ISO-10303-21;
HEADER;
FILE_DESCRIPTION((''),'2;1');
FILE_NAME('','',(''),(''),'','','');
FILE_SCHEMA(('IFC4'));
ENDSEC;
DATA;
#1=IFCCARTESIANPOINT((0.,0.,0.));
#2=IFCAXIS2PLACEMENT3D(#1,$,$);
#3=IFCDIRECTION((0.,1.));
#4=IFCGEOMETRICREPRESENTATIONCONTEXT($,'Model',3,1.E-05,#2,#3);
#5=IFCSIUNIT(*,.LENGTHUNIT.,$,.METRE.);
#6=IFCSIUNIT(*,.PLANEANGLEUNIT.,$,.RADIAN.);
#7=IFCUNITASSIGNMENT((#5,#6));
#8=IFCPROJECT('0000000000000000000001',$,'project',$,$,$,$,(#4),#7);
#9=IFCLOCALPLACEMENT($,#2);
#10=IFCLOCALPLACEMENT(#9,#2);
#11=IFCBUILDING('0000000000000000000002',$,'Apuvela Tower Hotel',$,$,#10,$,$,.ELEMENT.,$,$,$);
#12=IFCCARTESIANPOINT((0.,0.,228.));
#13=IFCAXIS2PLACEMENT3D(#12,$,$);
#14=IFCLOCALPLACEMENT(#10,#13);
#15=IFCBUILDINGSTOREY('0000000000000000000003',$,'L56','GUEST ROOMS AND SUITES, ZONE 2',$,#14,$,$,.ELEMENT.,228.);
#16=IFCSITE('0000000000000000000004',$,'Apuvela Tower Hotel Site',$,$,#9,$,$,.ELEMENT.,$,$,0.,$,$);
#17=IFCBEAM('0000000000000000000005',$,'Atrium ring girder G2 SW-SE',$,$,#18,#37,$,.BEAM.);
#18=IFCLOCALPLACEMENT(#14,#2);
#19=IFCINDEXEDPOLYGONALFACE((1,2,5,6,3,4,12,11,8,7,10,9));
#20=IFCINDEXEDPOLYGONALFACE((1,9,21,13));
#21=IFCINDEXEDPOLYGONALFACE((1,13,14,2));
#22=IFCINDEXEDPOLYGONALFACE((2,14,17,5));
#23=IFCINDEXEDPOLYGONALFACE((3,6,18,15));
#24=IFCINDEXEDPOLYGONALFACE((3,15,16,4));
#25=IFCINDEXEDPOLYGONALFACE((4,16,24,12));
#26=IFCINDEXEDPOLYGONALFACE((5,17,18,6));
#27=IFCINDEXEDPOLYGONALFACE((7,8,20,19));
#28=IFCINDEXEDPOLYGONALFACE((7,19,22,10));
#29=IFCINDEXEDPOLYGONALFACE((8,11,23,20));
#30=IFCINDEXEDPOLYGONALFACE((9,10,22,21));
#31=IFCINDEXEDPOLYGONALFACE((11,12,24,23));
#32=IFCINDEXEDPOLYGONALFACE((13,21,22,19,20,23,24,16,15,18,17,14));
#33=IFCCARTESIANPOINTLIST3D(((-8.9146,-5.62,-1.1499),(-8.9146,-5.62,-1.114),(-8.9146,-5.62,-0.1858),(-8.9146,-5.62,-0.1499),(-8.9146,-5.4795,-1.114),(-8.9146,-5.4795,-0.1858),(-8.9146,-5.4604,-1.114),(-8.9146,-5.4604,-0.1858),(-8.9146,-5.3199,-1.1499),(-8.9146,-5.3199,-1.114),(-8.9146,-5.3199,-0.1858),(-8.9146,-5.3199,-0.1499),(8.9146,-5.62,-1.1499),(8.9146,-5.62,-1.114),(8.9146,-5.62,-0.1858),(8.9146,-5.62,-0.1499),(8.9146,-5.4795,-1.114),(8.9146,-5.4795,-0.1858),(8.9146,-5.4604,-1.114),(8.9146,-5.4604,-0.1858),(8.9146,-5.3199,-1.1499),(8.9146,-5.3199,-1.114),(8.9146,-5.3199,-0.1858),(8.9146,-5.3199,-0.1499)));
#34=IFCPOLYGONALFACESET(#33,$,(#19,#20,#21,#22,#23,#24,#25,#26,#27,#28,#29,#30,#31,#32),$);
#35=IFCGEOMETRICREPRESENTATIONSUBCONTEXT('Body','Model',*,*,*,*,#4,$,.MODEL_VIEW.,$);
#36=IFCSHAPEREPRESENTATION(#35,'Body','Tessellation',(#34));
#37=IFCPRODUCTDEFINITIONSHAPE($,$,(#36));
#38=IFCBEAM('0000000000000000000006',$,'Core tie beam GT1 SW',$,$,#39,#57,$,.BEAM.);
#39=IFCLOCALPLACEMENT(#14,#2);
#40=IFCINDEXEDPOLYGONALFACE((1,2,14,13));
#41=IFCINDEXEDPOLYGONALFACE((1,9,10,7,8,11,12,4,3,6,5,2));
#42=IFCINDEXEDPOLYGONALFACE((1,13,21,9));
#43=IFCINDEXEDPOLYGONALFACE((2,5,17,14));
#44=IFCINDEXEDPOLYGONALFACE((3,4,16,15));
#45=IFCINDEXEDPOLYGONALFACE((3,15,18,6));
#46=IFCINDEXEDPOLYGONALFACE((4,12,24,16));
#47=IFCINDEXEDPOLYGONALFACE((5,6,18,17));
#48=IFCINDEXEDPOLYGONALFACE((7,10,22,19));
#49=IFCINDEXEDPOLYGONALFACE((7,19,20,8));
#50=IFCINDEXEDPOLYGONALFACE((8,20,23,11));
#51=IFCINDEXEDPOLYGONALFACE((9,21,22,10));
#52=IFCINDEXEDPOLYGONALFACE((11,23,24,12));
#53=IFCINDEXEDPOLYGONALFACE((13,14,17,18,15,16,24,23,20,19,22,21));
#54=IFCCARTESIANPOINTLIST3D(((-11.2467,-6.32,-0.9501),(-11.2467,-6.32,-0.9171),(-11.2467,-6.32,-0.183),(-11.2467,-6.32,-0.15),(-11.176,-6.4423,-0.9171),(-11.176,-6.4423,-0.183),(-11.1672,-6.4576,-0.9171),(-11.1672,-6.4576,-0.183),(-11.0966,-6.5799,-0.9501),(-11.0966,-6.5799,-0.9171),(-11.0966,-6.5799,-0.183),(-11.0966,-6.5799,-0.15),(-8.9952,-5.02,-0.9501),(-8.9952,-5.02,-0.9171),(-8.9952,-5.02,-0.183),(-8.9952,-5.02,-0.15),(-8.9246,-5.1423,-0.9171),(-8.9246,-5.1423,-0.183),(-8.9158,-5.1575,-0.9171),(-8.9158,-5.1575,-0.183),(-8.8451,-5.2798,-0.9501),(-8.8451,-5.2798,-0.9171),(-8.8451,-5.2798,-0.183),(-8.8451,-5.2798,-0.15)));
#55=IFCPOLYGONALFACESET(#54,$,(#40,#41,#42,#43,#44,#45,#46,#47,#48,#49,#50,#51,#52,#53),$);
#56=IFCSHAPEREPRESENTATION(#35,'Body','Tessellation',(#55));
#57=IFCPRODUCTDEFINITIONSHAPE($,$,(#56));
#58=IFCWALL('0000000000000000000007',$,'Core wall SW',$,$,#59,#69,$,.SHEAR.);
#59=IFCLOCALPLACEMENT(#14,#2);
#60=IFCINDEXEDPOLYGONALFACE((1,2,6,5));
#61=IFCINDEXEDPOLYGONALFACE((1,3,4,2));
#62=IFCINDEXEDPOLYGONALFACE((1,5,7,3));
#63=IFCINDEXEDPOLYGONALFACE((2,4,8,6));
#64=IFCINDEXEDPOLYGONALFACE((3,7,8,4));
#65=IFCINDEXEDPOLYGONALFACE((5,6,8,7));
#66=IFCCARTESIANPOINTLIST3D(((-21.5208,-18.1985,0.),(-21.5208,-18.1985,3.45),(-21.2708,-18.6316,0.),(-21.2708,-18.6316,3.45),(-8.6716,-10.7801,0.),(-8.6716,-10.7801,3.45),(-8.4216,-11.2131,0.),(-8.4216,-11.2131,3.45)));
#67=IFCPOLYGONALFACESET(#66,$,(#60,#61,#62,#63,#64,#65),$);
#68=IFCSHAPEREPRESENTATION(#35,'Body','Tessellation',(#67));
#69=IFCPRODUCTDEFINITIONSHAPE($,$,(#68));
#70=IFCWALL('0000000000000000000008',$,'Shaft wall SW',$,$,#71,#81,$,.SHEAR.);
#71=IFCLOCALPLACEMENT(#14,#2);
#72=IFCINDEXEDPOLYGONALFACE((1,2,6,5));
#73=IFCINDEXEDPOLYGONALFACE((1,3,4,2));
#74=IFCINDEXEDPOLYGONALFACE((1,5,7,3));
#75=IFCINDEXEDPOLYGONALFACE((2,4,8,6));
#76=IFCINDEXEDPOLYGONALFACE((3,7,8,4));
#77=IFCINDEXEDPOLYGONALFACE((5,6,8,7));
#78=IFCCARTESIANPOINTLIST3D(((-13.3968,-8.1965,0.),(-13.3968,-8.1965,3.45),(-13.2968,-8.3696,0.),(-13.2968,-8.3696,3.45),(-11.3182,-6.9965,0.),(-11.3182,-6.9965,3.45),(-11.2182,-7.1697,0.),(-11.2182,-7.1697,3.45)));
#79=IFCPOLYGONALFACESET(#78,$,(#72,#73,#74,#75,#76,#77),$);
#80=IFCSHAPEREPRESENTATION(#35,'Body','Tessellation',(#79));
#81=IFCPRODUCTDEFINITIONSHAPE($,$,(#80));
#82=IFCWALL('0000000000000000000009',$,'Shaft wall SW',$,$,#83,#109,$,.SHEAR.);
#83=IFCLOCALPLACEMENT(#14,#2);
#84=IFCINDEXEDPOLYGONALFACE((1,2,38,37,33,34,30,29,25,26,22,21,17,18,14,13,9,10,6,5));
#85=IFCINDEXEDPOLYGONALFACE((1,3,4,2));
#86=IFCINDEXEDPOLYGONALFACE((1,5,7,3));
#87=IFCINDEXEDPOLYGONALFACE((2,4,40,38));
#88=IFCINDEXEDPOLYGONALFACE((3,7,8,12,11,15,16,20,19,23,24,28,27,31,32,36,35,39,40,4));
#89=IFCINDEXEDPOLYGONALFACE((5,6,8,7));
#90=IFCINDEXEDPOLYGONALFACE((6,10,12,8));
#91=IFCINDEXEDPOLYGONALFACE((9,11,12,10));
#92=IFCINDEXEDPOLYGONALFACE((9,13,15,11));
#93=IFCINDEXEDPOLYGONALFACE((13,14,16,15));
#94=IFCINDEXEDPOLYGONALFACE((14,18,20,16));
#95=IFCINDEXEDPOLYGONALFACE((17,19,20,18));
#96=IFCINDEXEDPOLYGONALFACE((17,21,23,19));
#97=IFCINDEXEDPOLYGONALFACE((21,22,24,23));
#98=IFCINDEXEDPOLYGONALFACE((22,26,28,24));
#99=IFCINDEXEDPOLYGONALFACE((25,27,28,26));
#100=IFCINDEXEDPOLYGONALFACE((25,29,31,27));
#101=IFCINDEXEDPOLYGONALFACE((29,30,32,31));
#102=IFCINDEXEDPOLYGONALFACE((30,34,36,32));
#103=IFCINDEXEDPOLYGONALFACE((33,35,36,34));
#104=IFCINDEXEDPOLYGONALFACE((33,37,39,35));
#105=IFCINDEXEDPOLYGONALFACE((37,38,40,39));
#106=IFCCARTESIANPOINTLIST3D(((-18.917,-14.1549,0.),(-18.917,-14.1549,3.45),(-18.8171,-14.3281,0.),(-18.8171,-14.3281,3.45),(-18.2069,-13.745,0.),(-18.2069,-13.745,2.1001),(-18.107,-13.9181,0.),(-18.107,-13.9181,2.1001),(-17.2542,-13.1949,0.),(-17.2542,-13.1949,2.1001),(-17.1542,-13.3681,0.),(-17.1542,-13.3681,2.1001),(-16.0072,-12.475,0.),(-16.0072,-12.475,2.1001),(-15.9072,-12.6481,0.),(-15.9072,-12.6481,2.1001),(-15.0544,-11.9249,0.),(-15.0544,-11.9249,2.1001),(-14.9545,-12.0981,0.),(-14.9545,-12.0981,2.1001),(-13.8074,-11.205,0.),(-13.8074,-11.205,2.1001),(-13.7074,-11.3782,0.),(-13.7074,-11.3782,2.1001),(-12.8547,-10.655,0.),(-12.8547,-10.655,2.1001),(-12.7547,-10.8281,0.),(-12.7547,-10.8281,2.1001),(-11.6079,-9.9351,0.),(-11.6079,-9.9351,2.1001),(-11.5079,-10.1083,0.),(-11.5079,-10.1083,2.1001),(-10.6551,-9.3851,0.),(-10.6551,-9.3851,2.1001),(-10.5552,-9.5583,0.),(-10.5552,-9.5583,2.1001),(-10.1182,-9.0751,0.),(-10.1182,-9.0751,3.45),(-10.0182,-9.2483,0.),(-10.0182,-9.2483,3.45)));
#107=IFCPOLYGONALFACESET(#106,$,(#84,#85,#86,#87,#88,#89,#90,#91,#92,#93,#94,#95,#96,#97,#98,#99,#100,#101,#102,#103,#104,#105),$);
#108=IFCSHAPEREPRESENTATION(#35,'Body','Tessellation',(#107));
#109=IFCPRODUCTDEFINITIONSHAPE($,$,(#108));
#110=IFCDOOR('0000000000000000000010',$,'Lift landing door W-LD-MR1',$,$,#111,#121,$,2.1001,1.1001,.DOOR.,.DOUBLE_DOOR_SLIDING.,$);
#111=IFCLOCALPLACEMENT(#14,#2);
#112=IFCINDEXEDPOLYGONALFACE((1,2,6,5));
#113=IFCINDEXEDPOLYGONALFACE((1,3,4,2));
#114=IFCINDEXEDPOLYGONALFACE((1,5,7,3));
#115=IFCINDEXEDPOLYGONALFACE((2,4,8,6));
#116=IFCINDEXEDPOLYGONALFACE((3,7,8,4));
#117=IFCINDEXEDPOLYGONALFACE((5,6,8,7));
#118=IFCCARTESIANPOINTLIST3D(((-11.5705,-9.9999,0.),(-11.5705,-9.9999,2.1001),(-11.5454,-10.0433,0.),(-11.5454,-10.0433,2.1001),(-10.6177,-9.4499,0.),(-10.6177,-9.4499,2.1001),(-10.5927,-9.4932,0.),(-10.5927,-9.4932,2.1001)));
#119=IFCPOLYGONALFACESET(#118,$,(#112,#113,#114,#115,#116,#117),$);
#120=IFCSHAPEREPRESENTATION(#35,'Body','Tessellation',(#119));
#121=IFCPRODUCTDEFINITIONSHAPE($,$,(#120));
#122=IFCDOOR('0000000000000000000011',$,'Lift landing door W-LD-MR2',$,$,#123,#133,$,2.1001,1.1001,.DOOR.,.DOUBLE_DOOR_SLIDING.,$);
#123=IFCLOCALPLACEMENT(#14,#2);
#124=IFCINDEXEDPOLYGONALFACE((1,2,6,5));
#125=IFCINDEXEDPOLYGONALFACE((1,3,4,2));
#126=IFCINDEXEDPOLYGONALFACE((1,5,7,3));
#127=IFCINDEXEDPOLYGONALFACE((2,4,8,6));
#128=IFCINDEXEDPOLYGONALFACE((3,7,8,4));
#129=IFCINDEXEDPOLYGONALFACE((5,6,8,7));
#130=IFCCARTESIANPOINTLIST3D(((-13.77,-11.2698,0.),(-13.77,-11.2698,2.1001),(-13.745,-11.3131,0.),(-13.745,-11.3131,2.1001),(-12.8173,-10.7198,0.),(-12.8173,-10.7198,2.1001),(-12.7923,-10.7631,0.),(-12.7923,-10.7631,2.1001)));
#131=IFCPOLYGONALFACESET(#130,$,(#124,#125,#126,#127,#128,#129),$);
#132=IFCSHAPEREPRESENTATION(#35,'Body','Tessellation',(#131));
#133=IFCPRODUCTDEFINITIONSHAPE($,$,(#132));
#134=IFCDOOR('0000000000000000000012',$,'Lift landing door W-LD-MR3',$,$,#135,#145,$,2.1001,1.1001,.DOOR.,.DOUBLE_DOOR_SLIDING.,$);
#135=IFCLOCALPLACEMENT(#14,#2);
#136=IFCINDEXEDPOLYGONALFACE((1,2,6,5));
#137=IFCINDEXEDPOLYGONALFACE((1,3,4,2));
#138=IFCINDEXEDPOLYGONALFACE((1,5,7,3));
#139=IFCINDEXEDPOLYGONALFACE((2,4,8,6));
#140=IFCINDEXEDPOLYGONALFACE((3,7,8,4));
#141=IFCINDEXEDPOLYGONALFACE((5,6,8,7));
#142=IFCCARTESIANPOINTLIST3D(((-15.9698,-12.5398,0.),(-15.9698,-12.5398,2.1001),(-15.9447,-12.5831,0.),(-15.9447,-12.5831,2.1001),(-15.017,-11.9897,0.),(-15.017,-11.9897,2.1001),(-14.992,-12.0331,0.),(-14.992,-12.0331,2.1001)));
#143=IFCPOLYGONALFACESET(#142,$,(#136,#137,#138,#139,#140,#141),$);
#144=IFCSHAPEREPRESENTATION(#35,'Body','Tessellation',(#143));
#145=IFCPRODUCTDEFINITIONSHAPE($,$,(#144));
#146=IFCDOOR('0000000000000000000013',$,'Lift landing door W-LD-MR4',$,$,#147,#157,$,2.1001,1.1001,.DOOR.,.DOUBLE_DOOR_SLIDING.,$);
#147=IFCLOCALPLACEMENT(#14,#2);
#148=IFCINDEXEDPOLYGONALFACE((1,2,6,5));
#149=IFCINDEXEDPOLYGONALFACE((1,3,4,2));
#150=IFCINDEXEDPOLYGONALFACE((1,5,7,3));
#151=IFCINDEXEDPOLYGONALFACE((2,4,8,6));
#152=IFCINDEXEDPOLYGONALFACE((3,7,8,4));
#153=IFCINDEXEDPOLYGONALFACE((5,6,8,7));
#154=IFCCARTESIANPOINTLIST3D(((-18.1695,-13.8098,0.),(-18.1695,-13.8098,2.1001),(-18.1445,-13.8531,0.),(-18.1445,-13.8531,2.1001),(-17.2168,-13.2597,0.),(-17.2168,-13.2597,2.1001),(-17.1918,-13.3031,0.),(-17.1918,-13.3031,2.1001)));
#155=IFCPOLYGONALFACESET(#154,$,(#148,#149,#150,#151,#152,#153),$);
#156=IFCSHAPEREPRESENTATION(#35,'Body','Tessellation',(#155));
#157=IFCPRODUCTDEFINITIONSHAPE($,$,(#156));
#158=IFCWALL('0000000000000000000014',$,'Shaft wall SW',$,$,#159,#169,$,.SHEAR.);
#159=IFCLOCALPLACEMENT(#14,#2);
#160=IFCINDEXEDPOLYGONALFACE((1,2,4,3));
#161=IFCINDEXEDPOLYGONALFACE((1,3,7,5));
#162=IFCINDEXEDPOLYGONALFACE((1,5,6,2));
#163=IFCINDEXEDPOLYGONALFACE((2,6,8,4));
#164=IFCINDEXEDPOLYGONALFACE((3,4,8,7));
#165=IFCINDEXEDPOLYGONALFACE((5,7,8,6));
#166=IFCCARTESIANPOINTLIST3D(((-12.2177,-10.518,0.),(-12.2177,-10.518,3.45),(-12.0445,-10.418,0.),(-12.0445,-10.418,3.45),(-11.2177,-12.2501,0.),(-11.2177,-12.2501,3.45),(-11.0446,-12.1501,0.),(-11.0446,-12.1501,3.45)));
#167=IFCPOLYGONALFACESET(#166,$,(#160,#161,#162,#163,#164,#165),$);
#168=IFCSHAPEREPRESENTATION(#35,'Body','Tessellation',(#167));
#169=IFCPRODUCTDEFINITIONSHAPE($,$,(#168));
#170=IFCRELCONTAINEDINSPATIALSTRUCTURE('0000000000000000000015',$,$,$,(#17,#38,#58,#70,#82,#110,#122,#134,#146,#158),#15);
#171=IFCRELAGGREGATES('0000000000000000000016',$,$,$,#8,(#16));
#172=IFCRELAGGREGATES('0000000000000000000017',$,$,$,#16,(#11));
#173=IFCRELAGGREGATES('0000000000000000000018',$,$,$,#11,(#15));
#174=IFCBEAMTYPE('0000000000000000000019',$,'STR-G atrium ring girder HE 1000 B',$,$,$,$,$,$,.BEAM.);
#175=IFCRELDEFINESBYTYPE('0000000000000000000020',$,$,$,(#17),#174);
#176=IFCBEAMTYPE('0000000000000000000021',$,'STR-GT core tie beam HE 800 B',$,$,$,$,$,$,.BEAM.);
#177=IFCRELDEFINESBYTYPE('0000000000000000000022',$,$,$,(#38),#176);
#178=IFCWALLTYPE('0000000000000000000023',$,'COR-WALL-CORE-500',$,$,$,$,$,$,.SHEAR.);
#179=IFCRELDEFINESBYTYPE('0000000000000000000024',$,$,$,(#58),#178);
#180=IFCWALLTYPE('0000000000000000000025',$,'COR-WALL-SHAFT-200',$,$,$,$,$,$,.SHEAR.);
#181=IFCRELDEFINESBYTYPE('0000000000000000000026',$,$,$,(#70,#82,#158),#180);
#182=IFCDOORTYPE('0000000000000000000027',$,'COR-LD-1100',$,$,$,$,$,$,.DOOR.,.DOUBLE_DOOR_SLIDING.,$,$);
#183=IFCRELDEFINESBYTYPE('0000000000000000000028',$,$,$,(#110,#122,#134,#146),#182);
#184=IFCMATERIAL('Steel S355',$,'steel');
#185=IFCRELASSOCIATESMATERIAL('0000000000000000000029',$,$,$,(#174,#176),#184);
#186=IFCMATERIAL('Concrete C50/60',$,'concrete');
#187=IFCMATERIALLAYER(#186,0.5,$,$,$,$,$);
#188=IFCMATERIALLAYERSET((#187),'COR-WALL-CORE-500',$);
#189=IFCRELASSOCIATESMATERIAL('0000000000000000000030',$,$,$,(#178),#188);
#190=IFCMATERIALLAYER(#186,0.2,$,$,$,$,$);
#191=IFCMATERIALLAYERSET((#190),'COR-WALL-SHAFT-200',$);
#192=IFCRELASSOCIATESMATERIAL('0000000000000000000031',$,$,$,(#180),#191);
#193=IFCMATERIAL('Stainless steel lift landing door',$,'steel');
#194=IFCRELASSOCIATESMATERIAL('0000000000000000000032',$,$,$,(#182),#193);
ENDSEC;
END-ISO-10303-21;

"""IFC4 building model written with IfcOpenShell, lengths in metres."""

from ifc_helpers import new_model, si_unit, direction, frame, frame_2d, origin, origin_2d, place, context, subcontext, project, spatial, rectangle, i_section, extrude, material, layer, layer_set, material_profile, profile_set, type_object, element, fill, save


model = new_model("IFC4")

# Units and contexts
model_context = context("Model", 3, precision=1e-05, world=origin(), true_north=direction((0.0, 1.0)))
body_context = subcontext(model_context, "Body", "Model", "MODEL_VIEW")
ifc_project = project(units=[si_unit("LENGTHUNIT", "METRE"), si_unit("PLANEANGLEUNIT", "RADIAN")], contexts=[model_context])

# Site, building, storey
site_placement = place(None, origin())
site = spatial("IfcSite", under=ifc_project, at=site_placement, Name="Apuvela Tower Hotel Site", CompositionType="ELEMENT", RefElevation=0.0)
building_placement = place(site_placement, origin())
building = spatial("IfcBuilding", under=site, at=building_placement, Name="Apuvela Tower Hotel", CompositionType="ELEMENT")
storey_placement = place(building_placement, frame((0.0, 0.0, 228.0)))
storey = spatial("IfcBuildingStorey", under=building, at=storey_placement, Name="L56", Description="GUEST ROOMS AND SUITES, ZONE 2", CompositionType="ELEMENT", Elevation=228.0)

# Beams
ifc_material_1 = material(Name="Steel S355", Category="steel")
ifc_material_profile_1 = material_profile(ifc_material_1, i_section(OverallWidth=0.3, OverallDepth=1.0, WebThickness=0.019, FlangeThickness=0.0359, at=origin_2d()), Name="HE 1000 B")
ifc_profile_set_1 = profile_set([ifc_material_profile_1], Name="Steel S355")
beam_type_1 = type_object("IfcBeamType", Name="STR-G atrium ring girder HE 1000 B", PredefinedType="BEAM", material=ifc_profile_set_1)
beam_1_placement = place(storey_placement, frame((-8.9146, -5.47, -0.6499), z_axis=(1.0, 0.0, 0.0), x_axis=(0.0, 1.0, 0.0)))
element("IfcBeam", 1, at=beam_1_placement, inside=storey, type_object=beam_type_1, Name="Atrium ring girder G2 SW-SE", PredefinedType="BEAM", context=body_context, shape_type="SweptSolid", body=[
    extrude(i_section(OverallWidth=0.3, OverallDepth=1.0, WebThickness=0.019, FlangeThickness=0.0359, at=origin_2d()), origin(), (0.0, 0.0, 1.0), 17.8291),
])
ifc_material_profile_2 = material_profile(ifc_material_1, i_section(OverallWidth=0.3, OverallDepth=0.8, WebThickness=0.0176, FlangeThickness=0.033, at=origin_2d()), Name="HE 800 B")
ifc_profile_set_2 = profile_set([ifc_material_profile_2], Name="Steel S355")
beam_type_2 = type_object("IfcBeamType", Name="STR-GT core tie beam HE 800 B", PredefinedType="BEAM", material=ifc_profile_set_2)
beam_2_placement = place(storey_placement, frame((-11.1716, -6.45, -0.55), z_axis=(0.865998, 0.500048, 0.0), x_axis=(-0.500048, 0.865998, 0.0)))
element("IfcBeam", 2, at=beam_2_placement, inside=storey, type_object=beam_type_2, Name="Core tie beam GT1 SW", PredefinedType="BEAM", context=body_context, shape_type="SweptSolid", body=[
    extrude(i_section(OverallWidth=0.3, OverallDepth=0.8, WebThickness=0.0176, FlangeThickness=0.033, at=origin_2d()), origin(), (0.0, 0.0, 1.0), 2.5999),
])

# Walls
ifc_material_2 = material(Name="Concrete C50/60", Category="concrete")
ifc_layer_1 = layer(ifc_material_2, 0.5)
ifc_layer_set_1 = layer_set([ifc_layer_1], Name="COR-WALL-CORE-500")
wall_type_1 = type_object("IfcWallType", Name="COR-WALL-CORE-500", PredefinedType="SHEAR", material=ifc_layer_set_1)
wall_1_placement = place(storey_placement, frame((-8.5466, -10.9966, 0.0), z_axis=(0.0, 0.0, 1.0), x_axis=(-0.866025, -0.500001, 0.0)))
element("IfcWall", 3, at=wall_1_placement, inside=storey, type_object=wall_type_1, Name="Core wall SW", PredefinedType="SHEAR", context=body_context, shape_type="SweptSolid", body=[
    extrude(rectangle(XDim=14.8369, YDim=0.5, at=frame_2d((7.4185, 0.0))), origin(), (0.0, 0.0, 1.0), 3.45),
])
ifc_layer_2 = layer(ifc_material_2, 0.2)
ifc_layer_set_2 = layer_set([ifc_layer_2], Name="COR-WALL-SHAFT-200")
wall_type_2 = type_object("IfcWallType", Name="COR-WALL-SHAFT-200", PredefinedType="SHEAR", material=ifc_layer_set_2)
wall_2_placement = place(storey_placement, frame((-11.2681, -7.083, 0.0), z_axis=(0.0, 0.0, 1.0), x_axis=(-0.86605, -0.499957, 0.0)))
element("IfcWall", 4, at=wall_2_placement, inside=storey, type_object=wall_type_2, Name="Shaft wall SW", PredefinedType="SHEAR", context=body_context, shape_type="SweptSolid", body=[
    extrude(rectangle(XDim=2.4001, YDim=0.2, at=frame_2d((1.2002, 0.0))), origin(), (0.0, 0.0, 1.0), 3.45),
])

# Wall, openings, doors
wall_3_placement = place(storey_placement, frame((-10.0681, -9.1616, 0.0), z_axis=(0.0, 0.0, 1.0), x_axis=(-0.866033, -0.499987, 0.0)))
wall_3 = element("IfcWall", 5, at=wall_3_placement, inside=storey, type_object=wall_type_2, Name="Shaft wall SW", PredefinedType="SHEAR", context=body_context, shape_type="SweptSolid", body=[
    extrude(rectangle(XDim=10.1599, YDim=0.2, at=frame_2d((5.0801, 0.0))), origin(), (0.0, 0.0, 1.0), 3.45),
])
opening_1_placement = place(wall_3_placement, frame((0.6201, 0.0, 0.0)))
opening_1 = element("IfcOpeningElement", 6, at=opening_1_placement, cuts=wall_3, PredefinedType="OPENING", context=body_context, shape_type="SweptSolid", body=[
    extrude(rectangle(XDim=1.1001, YDim=2.1001, at=frame_2d((0.55, 1.05))), frame((0.0, 0.1099, 0.0), z_axis=(0.0, -1.0, 0.0), x_axis=(1.0, 0.0, 0.0)), (0.0, 0.0, 1.0), 0.22),
])
opening_2_placement = place(wall_3_placement, frame((3.1599, 0.0, 0.0)))
opening_2 = element("IfcOpeningElement", 7, at=opening_2_placement, cuts=wall_3, PredefinedType="OPENING", context=body_context, shape_type="SweptSolid", body=[
    extrude(rectangle(XDim=1.1001, YDim=2.1001, at=frame_2d((0.55, 1.05))), frame((0.0, 0.1099, 0.0), z_axis=(0.0, -1.0, 0.0), x_axis=(1.0, 0.0, 0.0)), (0.0, 0.0, 1.0), 0.22),
])
opening_3_placement = place(wall_3_placement, frame((5.7, 0.0, 0.0)))
opening_3 = element("IfcOpeningElement", 8, at=opening_3_placement, cuts=wall_3, PredefinedType="OPENING", context=body_context, shape_type="SweptSolid", body=[
    extrude(rectangle(XDim=1.1001, YDim=2.1001, at=frame_2d((0.55, 1.05))), frame((0.0, 0.1099, 0.0), z_axis=(0.0, -1.0, 0.0), x_axis=(1.0, 0.0, 0.0)), (0.0, 0.0, 1.0), 0.22),
])
opening_4_placement = place(wall_3_placement, frame((8.24, 0.0, 0.0)))
opening_4 = element("IfcOpeningElement", 9, at=opening_4_placement, cuts=wall_3, PredefinedType="OPENING", context=body_context, shape_type="SweptSolid", body=[
    extrude(rectangle(XDim=1.1001, YDim=2.1001, at=frame_2d((0.55, 1.05))), frame((0.0, 0.1099, 0.0), z_axis=(0.0, -1.0, 0.0), x_axis=(1.0, 0.0, 0.0)), (0.0, 0.0, 1.0), 0.22),
])
ifc_material_3 = material(Name="Stainless steel lift landing door", Category="steel")
door_type_1 = type_object("IfcDoorType", Name="COR-LD-1100", OperationType="DOUBLE_DOOR_SLIDING", PredefinedType="DOOR", material=ifc_material_3)
door_1_placement = place(opening_1_placement, origin())
door_1 = element("IfcDoor", 10, at=door_1_placement, inside=storey, type_object=door_type_1, Name="Lift landing door W-LD-MR1", OperationType="DOUBLE_DOOR_SLIDING", OverallHeight=2.1001, OverallWidth=1.1001, PredefinedType="DOOR", context=body_context, shape_type="SweptSolid", body=[
    extrude(rectangle(XDim=1.1001, YDim=2.1001, at=frame_2d((0.55, 1.05))), frame((0.0, 0.0249, 0.0), z_axis=(0.0, -1.0, 0.0), x_axis=(1.0, 0.0, 0.0)), (0.0, 0.0, 1.0), 0.05),
])
fill(opening_1, door_1)
door_2_placement = place(opening_2_placement, origin())
door_2 = element("IfcDoor", 11, at=door_2_placement, inside=storey, type_object=door_type_1, Name="Lift landing door W-LD-MR2", OperationType="DOUBLE_DOOR_SLIDING", OverallHeight=2.1001, OverallWidth=1.1001, PredefinedType="DOOR", context=body_context, shape_type="SweptSolid", body=[
    extrude(rectangle(XDim=1.1001, YDim=2.1001, at=frame_2d((0.55, 1.05))), frame((0.0, 0.0249, 0.0), z_axis=(0.0, -1.0, 0.0), x_axis=(1.0, 0.0, 0.0)), (0.0, 0.0, 1.0), 0.05),
])
fill(opening_2, door_2)
door_3_placement = place(opening_3_placement, origin())
door_3 = element("IfcDoor", 12, at=door_3_placement, inside=storey, type_object=door_type_1, Name="Lift landing door W-LD-MR3", OperationType="DOUBLE_DOOR_SLIDING", OverallHeight=2.1001, OverallWidth=1.1001, PredefinedType="DOOR", context=body_context, shape_type="SweptSolid", body=[
    extrude(rectangle(XDim=1.1001, YDim=2.1001, at=frame_2d((0.55, 1.05))), frame((0.0, 0.0249, 0.0), z_axis=(0.0, -1.0, 0.0), x_axis=(1.0, 0.0, 0.0)), (0.0, 0.0, 1.0), 0.05),
])
fill(opening_3, door_3)
door_4_placement = place(opening_4_placement, origin())
door_4 = element("IfcDoor", 13, at=door_4_placement, inside=storey, type_object=door_type_1, Name="Lift landing door W-LD-MR4", OperationType="DOUBLE_DOOR_SLIDING", OverallHeight=2.1001, OverallWidth=1.1001, PredefinedType="DOOR", context=body_context, shape_type="SweptSolid", body=[
    extrude(rectangle(XDim=1.1001, YDim=2.1001, at=frame_2d((0.55, 1.05))), frame((0.0, 0.0249, 0.0), z_axis=(0.0, -1.0, 0.0), x_axis=(1.0, 0.0, 0.0)), (0.0, 0.0, 1.0), 0.05),
])
fill(opening_4, door_4)

# Wall
wall_4_placement = place(storey_placement, frame((-12.1311, -10.468, 0.0), z_axis=(0.0, 0.0, 1.0), x_axis=(0.499973, -0.866041, 0.0)))
element("IfcWall", 14, at=wall_4_placement, inside=storey, type_object=wall_type_2, Name="Shaft wall SW", PredefinedType="SHEAR", context=body_context, shape_type="SweptSolid", body=[
    extrude(rectangle(XDim=2.0, YDim=0.2, at=frame_2d((1.0, 0.0))), origin(), (0.0, 0.0, 1.0), 3.45),
])

save(model, "model.ifc")
